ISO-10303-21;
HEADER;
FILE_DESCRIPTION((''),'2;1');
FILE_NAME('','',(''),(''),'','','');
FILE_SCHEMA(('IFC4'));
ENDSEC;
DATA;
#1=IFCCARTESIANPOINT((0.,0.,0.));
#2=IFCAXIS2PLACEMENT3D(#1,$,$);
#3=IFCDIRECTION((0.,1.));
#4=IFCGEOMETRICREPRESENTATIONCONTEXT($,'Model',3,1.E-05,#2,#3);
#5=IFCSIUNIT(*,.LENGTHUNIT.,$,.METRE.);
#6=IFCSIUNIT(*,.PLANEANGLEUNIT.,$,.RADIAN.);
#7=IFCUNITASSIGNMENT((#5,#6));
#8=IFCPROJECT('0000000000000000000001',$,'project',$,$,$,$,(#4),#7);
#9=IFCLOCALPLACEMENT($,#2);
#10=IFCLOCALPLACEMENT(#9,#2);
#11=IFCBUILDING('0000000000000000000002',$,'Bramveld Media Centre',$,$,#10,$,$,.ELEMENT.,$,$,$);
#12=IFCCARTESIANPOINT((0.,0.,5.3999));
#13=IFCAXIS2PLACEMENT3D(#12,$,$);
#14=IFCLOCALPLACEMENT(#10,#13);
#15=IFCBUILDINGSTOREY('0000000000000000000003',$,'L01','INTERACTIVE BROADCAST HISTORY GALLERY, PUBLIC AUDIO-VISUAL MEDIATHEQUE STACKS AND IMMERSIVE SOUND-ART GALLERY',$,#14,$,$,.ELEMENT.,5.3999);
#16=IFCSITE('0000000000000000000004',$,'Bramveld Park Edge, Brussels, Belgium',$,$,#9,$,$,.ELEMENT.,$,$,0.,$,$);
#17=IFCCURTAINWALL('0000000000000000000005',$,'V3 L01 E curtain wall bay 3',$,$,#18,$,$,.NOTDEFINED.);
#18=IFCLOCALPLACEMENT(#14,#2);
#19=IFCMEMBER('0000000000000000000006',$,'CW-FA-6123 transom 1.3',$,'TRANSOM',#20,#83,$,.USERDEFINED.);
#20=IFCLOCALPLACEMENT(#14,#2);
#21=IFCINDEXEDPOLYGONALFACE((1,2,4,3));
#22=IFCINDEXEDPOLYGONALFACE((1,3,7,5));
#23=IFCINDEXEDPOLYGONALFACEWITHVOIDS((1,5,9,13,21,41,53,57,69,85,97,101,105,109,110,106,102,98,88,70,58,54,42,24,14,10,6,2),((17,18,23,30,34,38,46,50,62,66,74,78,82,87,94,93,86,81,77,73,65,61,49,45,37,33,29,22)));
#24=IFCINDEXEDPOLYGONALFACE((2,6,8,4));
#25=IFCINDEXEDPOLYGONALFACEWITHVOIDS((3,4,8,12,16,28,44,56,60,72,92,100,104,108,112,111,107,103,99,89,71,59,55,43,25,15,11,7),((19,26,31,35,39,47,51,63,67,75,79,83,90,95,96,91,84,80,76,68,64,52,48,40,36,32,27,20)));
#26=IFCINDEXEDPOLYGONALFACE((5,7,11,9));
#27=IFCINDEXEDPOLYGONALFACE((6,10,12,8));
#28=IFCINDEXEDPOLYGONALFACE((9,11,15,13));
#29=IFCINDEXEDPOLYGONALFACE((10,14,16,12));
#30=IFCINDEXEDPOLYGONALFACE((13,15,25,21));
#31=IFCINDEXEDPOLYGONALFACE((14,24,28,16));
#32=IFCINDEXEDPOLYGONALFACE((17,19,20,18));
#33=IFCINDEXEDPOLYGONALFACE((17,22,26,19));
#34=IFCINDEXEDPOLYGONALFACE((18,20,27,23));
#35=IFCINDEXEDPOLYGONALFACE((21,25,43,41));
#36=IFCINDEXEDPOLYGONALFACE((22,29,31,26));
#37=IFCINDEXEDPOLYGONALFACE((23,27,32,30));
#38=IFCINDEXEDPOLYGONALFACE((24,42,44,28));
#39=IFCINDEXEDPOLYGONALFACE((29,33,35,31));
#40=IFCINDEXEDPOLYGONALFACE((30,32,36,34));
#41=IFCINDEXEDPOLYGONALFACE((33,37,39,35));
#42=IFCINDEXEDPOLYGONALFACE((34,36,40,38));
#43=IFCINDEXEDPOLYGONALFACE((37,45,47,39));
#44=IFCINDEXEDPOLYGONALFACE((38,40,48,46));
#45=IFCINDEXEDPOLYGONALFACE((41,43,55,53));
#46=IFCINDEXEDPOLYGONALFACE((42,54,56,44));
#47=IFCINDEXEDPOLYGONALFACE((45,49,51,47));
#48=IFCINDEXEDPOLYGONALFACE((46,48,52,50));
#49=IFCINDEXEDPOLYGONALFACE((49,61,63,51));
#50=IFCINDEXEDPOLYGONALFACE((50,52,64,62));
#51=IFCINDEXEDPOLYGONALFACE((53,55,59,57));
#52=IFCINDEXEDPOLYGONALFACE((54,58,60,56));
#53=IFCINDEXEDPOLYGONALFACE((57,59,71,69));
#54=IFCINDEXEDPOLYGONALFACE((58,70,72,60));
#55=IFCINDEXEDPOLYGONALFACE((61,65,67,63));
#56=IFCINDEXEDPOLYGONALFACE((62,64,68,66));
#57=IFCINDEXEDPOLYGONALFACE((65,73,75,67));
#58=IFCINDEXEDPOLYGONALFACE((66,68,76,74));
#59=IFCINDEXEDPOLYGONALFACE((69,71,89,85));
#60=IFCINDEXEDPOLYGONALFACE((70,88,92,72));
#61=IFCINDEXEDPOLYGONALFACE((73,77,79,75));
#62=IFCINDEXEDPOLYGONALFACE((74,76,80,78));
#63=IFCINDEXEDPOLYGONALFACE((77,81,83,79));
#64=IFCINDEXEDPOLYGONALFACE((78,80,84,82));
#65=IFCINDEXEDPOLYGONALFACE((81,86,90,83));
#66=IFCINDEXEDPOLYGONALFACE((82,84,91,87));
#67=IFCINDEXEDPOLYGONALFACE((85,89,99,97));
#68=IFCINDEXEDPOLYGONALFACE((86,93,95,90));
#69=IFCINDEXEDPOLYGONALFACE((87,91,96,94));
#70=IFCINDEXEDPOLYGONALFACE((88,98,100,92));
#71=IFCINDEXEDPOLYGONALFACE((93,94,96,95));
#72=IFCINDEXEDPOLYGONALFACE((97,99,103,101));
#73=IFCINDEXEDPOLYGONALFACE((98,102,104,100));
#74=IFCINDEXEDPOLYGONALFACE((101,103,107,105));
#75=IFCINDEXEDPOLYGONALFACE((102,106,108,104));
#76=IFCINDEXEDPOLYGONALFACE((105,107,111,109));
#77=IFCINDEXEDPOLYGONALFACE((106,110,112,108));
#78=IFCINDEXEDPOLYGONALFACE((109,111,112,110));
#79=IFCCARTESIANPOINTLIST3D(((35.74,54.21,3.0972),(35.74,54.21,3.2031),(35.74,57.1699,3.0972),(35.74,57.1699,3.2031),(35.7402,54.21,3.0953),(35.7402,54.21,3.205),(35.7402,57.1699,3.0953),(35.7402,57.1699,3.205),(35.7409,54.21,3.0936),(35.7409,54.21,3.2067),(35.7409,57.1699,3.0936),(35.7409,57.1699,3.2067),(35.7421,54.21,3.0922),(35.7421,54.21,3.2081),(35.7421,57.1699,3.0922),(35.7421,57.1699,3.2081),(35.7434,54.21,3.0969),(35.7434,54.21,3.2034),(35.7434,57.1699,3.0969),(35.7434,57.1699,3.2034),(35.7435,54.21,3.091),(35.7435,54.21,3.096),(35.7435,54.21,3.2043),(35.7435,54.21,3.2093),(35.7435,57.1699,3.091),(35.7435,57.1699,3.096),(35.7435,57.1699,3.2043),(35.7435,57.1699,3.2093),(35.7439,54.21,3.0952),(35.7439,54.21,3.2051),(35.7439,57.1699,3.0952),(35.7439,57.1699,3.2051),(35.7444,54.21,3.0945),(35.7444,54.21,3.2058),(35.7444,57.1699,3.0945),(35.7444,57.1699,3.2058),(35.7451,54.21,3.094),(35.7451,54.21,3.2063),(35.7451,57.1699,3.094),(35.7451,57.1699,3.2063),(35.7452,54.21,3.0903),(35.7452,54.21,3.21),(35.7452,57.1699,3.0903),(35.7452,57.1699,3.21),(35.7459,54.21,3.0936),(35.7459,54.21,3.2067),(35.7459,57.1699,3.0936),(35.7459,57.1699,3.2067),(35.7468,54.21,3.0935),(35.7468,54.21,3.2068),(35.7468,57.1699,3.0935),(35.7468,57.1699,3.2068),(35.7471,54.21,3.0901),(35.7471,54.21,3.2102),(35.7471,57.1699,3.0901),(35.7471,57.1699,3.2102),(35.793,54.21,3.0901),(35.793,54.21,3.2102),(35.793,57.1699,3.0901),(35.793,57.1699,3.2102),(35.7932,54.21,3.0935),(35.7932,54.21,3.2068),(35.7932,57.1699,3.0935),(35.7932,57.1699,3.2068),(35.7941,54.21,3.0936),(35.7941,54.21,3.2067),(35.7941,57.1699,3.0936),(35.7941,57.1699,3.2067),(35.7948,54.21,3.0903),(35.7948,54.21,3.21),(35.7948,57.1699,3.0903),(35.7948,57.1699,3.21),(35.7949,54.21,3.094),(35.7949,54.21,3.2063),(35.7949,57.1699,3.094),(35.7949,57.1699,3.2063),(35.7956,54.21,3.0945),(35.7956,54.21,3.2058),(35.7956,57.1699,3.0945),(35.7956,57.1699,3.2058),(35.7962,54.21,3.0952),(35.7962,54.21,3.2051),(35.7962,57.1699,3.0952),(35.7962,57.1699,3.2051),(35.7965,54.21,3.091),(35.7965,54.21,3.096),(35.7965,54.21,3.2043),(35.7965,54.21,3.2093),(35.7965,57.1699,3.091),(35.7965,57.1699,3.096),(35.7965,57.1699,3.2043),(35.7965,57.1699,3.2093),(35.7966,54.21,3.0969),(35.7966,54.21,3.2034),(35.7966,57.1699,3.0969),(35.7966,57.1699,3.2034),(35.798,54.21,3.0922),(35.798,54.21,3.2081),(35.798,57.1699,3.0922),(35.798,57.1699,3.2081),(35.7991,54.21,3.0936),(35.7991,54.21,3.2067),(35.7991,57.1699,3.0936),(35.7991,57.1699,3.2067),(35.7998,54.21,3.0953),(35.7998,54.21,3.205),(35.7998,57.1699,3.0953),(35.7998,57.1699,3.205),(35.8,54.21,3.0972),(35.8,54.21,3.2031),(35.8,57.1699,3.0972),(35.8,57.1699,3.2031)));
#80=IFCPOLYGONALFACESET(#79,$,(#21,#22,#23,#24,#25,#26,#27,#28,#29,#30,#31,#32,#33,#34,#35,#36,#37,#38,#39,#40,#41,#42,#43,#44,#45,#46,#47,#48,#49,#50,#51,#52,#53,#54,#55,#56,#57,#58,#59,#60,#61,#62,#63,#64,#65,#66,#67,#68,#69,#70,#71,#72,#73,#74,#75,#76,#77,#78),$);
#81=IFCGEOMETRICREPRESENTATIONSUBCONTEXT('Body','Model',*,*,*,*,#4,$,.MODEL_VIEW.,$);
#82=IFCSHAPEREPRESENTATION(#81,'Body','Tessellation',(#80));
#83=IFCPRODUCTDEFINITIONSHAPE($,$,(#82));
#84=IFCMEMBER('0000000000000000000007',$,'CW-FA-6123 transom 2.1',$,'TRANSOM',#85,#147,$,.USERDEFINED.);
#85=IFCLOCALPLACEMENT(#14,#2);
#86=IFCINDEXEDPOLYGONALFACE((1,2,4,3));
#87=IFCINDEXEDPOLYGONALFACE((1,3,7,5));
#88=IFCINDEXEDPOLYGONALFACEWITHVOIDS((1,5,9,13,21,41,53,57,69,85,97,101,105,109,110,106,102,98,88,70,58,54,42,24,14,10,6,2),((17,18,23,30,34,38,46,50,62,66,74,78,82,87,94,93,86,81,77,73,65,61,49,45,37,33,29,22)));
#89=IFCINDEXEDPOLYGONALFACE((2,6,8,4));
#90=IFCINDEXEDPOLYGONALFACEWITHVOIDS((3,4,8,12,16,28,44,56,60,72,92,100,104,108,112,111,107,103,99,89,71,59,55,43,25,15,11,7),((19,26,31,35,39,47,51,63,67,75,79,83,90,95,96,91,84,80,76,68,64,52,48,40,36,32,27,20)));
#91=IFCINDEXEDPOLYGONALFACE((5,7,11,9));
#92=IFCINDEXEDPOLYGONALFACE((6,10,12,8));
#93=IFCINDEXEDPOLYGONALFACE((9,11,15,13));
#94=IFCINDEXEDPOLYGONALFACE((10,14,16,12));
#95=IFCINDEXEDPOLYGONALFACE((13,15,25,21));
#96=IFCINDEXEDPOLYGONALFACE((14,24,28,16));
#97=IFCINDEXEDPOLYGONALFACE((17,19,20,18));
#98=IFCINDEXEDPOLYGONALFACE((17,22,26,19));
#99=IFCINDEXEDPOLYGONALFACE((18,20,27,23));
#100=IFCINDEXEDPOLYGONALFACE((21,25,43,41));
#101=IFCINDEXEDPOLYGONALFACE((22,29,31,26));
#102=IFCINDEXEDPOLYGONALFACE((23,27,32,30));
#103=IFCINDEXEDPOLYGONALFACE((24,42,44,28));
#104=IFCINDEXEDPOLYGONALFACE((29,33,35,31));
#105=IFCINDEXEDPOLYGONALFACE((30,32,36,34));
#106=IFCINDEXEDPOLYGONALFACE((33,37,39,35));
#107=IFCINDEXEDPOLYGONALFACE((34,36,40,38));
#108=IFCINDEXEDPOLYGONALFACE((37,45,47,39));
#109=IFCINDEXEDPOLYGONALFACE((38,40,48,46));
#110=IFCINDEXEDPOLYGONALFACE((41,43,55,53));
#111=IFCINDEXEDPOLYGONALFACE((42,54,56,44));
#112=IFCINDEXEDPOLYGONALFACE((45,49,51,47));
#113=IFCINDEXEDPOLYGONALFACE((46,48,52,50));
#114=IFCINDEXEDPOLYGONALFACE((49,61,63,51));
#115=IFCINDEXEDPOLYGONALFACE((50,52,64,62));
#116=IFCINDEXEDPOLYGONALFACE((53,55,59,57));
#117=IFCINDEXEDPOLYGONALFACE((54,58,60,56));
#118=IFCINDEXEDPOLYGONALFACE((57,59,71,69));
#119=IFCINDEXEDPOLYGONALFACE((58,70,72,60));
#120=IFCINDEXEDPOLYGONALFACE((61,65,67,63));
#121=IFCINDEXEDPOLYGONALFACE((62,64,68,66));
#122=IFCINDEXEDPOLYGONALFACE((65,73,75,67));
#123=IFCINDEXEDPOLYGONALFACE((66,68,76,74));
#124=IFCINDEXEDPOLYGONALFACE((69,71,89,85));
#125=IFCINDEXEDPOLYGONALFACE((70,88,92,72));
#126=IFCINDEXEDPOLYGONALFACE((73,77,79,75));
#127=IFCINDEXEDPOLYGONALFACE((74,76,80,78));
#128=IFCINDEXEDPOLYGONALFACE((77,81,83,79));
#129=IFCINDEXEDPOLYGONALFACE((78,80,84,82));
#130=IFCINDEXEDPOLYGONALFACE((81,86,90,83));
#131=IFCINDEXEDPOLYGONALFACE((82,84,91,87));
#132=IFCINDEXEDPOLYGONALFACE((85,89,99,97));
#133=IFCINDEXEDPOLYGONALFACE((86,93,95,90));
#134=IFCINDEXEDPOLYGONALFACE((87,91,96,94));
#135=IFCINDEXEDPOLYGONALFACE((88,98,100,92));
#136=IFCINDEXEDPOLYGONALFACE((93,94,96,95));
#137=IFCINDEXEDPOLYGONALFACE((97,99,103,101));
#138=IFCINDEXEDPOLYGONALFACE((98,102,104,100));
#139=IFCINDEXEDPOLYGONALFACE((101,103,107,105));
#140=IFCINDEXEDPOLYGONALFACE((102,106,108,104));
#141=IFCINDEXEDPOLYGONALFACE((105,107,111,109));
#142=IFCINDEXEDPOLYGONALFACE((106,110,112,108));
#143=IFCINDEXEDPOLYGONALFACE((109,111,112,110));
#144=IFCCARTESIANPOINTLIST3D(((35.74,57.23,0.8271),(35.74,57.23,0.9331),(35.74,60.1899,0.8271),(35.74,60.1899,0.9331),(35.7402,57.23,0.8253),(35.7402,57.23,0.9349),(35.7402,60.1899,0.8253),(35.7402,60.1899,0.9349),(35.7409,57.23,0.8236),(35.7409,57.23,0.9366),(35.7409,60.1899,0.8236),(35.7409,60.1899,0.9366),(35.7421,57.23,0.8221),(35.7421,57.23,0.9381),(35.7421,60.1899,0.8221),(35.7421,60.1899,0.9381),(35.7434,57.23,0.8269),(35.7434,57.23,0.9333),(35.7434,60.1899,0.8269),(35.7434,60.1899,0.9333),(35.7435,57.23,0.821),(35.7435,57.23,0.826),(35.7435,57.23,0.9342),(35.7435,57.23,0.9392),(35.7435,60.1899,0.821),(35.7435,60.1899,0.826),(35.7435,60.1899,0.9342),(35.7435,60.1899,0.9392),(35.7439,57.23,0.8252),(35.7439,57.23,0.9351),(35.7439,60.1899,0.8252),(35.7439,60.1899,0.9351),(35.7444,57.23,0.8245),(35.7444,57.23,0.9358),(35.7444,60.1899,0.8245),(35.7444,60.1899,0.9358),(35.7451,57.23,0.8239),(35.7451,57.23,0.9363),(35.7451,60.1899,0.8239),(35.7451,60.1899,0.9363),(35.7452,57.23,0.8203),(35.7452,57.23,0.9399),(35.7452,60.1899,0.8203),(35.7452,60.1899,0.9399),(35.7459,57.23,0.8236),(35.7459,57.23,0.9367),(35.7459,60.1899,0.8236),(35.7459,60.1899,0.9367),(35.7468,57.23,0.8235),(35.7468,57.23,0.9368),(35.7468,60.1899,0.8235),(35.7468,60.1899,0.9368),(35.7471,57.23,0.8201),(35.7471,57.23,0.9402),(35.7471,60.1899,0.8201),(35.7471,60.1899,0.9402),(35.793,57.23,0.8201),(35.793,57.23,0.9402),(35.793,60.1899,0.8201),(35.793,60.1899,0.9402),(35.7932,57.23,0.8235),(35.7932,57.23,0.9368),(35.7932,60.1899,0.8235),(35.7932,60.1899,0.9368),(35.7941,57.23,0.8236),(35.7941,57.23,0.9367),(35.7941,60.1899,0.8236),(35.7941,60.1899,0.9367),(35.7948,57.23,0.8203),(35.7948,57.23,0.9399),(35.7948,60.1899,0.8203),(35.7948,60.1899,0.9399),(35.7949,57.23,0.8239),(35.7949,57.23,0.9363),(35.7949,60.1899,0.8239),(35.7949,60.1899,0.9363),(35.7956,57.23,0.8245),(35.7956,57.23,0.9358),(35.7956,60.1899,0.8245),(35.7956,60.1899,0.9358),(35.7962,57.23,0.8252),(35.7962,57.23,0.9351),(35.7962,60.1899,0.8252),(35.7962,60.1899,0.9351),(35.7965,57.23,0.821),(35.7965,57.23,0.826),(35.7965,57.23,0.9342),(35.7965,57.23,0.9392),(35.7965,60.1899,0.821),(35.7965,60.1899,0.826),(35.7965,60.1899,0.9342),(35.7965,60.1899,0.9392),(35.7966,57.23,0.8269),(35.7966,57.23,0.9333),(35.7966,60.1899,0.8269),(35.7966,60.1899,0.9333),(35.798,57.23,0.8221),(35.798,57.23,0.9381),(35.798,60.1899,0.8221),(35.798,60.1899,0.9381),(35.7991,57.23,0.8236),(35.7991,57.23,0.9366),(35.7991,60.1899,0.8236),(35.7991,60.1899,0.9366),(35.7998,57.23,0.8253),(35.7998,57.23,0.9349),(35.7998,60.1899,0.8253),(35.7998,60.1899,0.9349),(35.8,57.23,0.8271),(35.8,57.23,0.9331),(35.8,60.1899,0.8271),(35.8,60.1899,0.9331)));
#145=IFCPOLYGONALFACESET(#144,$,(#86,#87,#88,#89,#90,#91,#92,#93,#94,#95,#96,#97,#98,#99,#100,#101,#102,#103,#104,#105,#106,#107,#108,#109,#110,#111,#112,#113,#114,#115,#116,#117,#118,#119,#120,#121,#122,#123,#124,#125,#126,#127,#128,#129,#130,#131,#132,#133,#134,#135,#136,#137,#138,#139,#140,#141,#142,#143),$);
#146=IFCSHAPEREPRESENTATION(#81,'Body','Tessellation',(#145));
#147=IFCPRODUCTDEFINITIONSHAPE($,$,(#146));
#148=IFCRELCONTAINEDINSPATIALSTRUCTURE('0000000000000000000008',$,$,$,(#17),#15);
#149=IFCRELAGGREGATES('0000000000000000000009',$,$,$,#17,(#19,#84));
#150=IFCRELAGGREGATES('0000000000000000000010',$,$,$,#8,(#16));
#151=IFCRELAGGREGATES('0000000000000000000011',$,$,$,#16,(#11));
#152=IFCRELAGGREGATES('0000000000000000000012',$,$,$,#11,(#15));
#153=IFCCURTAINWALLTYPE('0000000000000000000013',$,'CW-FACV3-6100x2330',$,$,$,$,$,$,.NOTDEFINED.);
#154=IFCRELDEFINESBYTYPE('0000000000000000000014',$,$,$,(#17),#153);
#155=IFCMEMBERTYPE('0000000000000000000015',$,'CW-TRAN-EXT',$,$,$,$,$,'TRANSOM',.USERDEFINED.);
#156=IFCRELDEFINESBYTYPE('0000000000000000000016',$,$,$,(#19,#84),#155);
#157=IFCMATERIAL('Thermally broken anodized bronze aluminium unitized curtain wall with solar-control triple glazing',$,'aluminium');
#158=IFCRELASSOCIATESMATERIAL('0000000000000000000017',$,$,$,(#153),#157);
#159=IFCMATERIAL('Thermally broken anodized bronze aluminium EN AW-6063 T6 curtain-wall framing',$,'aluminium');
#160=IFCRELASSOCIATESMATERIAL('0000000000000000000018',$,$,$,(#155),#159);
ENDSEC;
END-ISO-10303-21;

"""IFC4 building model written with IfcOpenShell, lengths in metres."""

from ifc_helpers import new_model, si_unit, direction, frame, origin, origin_2d, place, context, subcontext, project, spatial, hollow_rectangle, extrude, material, material_profile, profile_set, type_object, element, aggregate, save


model = new_model("IFC4")

# Units and contexts
model_context = context("Model", 3, precision=1e-05, world=origin(), true_north=direction((0.0, 1.0)))
body_context = subcontext(model_context, "Body", "Model", "MODEL_VIEW")
ifc_project = project(units=[si_unit("LENGTHUNIT", "METRE"), si_unit("PLANEANGLEUNIT", "RADIAN")], contexts=[model_context])

# Site, building, storey
site_placement = place(None, origin())
site = spatial("IfcSite", under=ifc_project, at=site_placement, Name="Bramveld Park Edge, Brussels, Belgium", CompositionType="ELEMENT", RefElevation=0.0)
building_placement = place(site_placement, origin())
building = spatial("IfcBuilding", under=site, at=building_placement, Name="Bramveld Media Centre", CompositionType="ELEMENT")
storey_placement = place(building_placement, frame((0.0, 0.0, 5.3999)))
storey = spatial("IfcBuildingStorey", under=building, at=storey_placement, Name="L01", Description="INTERACTIVE BROADCAST HISTORY GALLERY, PUBLIC AUDIO-VISUAL MEDIATHEQUE STACKS AND IMMERSIVE SOUND-ART GALLERY", CompositionType="ELEMENT", Elevation=5.3999)

# Curtain wall, members
ifc_material_1 = material(Name="Thermally broken anodized bronze aluminium unitized curtain wall with solar-control triple glazing", Category="aluminium")
curtain_wall_type = type_object("IfcCurtainWallType", Name="CW-FACV3-6100x2330", PredefinedType="NOTDEFINED", material=ifc_material_1)
curtain_wall_placement = place(storey_placement, origin())
curtain_wall = element("IfcCurtainWall", 1, at=curtain_wall_placement, inside=storey, type_object=curtain_wall_type, Name="V3 L01 E curtain wall bay 3", PredefinedType="NOTDEFINED")
ifc_material_2 = material(Name="Thermally broken anodized bronze aluminium EN AW-6063 T6 curtain-wall framing", Category="aluminium")
ifc_material_profile_1 = material_profile(ifc_material_2, hollow_rectangle(XDim=0.0601, YDim=0.1201, WallThickness=0.0034, InnerFilletRadius=0.0034, OuterFilletRadius=0.0071, at=origin_2d()), Name="AL-TRAN 60x120")
ifc_profile_set_1 = profile_set([ifc_material_profile_1], Name="Thermally broken anodized bronze aluminium EN AW-6063 T6 curtain-wall framing")
member_type_1 = type_object("IfcMemberType", Name="CW-TRAN-EXT", ElementType="TRANSOM", PredefinedType="USERDEFINED", material=ifc_profile_set_1)
member_1_placement = place(storey_placement, frame((35.77, 54.21, 3.1501), z_axis=(0.0, 1.0, 0.0), x_axis=(-1.0, 0.0, 0.0)))
member_1 = element("IfcMember", 2, at=member_1_placement, type_object=member_type_1, Name="CW-FA-6123 transom 1.3", ObjectType="TRANSOM", PredefinedType="USERDEFINED", context=body_context, shape_type="SweptSolid", body=[
    extrude(hollow_rectangle(XDim=0.0601, YDim=0.1201, WallThickness=0.0034, InnerFilletRadius=0.0034, OuterFilletRadius=0.0071, at=origin_2d()), origin(), (0.0, 0.0, 1.0), 2.96),
])
member_2_placement = place(storey_placement, frame((35.77, 57.23, 0.8801), z_axis=(0.0, 1.0, 0.0), x_axis=(-1.0, 0.0, 0.0)))
member_2 = element("IfcMember", 3, at=member_2_placement, type_object=member_type_1, Name="CW-FA-6123 transom 2.1", ObjectType="TRANSOM", PredefinedType="USERDEFINED", context=body_context, shape_type="SweptSolid", body=[
    extrude(hollow_rectangle(XDim=0.0601, YDim=0.1201, WallThickness=0.0034, InnerFilletRadius=0.0034, OuterFilletRadius=0.0071, at=origin_2d()), origin(), (0.0, 0.0, 1.0), 2.96),
])

aggregate(curtain_wall, [member_1, member_2])

save(model, "model.ifc")
